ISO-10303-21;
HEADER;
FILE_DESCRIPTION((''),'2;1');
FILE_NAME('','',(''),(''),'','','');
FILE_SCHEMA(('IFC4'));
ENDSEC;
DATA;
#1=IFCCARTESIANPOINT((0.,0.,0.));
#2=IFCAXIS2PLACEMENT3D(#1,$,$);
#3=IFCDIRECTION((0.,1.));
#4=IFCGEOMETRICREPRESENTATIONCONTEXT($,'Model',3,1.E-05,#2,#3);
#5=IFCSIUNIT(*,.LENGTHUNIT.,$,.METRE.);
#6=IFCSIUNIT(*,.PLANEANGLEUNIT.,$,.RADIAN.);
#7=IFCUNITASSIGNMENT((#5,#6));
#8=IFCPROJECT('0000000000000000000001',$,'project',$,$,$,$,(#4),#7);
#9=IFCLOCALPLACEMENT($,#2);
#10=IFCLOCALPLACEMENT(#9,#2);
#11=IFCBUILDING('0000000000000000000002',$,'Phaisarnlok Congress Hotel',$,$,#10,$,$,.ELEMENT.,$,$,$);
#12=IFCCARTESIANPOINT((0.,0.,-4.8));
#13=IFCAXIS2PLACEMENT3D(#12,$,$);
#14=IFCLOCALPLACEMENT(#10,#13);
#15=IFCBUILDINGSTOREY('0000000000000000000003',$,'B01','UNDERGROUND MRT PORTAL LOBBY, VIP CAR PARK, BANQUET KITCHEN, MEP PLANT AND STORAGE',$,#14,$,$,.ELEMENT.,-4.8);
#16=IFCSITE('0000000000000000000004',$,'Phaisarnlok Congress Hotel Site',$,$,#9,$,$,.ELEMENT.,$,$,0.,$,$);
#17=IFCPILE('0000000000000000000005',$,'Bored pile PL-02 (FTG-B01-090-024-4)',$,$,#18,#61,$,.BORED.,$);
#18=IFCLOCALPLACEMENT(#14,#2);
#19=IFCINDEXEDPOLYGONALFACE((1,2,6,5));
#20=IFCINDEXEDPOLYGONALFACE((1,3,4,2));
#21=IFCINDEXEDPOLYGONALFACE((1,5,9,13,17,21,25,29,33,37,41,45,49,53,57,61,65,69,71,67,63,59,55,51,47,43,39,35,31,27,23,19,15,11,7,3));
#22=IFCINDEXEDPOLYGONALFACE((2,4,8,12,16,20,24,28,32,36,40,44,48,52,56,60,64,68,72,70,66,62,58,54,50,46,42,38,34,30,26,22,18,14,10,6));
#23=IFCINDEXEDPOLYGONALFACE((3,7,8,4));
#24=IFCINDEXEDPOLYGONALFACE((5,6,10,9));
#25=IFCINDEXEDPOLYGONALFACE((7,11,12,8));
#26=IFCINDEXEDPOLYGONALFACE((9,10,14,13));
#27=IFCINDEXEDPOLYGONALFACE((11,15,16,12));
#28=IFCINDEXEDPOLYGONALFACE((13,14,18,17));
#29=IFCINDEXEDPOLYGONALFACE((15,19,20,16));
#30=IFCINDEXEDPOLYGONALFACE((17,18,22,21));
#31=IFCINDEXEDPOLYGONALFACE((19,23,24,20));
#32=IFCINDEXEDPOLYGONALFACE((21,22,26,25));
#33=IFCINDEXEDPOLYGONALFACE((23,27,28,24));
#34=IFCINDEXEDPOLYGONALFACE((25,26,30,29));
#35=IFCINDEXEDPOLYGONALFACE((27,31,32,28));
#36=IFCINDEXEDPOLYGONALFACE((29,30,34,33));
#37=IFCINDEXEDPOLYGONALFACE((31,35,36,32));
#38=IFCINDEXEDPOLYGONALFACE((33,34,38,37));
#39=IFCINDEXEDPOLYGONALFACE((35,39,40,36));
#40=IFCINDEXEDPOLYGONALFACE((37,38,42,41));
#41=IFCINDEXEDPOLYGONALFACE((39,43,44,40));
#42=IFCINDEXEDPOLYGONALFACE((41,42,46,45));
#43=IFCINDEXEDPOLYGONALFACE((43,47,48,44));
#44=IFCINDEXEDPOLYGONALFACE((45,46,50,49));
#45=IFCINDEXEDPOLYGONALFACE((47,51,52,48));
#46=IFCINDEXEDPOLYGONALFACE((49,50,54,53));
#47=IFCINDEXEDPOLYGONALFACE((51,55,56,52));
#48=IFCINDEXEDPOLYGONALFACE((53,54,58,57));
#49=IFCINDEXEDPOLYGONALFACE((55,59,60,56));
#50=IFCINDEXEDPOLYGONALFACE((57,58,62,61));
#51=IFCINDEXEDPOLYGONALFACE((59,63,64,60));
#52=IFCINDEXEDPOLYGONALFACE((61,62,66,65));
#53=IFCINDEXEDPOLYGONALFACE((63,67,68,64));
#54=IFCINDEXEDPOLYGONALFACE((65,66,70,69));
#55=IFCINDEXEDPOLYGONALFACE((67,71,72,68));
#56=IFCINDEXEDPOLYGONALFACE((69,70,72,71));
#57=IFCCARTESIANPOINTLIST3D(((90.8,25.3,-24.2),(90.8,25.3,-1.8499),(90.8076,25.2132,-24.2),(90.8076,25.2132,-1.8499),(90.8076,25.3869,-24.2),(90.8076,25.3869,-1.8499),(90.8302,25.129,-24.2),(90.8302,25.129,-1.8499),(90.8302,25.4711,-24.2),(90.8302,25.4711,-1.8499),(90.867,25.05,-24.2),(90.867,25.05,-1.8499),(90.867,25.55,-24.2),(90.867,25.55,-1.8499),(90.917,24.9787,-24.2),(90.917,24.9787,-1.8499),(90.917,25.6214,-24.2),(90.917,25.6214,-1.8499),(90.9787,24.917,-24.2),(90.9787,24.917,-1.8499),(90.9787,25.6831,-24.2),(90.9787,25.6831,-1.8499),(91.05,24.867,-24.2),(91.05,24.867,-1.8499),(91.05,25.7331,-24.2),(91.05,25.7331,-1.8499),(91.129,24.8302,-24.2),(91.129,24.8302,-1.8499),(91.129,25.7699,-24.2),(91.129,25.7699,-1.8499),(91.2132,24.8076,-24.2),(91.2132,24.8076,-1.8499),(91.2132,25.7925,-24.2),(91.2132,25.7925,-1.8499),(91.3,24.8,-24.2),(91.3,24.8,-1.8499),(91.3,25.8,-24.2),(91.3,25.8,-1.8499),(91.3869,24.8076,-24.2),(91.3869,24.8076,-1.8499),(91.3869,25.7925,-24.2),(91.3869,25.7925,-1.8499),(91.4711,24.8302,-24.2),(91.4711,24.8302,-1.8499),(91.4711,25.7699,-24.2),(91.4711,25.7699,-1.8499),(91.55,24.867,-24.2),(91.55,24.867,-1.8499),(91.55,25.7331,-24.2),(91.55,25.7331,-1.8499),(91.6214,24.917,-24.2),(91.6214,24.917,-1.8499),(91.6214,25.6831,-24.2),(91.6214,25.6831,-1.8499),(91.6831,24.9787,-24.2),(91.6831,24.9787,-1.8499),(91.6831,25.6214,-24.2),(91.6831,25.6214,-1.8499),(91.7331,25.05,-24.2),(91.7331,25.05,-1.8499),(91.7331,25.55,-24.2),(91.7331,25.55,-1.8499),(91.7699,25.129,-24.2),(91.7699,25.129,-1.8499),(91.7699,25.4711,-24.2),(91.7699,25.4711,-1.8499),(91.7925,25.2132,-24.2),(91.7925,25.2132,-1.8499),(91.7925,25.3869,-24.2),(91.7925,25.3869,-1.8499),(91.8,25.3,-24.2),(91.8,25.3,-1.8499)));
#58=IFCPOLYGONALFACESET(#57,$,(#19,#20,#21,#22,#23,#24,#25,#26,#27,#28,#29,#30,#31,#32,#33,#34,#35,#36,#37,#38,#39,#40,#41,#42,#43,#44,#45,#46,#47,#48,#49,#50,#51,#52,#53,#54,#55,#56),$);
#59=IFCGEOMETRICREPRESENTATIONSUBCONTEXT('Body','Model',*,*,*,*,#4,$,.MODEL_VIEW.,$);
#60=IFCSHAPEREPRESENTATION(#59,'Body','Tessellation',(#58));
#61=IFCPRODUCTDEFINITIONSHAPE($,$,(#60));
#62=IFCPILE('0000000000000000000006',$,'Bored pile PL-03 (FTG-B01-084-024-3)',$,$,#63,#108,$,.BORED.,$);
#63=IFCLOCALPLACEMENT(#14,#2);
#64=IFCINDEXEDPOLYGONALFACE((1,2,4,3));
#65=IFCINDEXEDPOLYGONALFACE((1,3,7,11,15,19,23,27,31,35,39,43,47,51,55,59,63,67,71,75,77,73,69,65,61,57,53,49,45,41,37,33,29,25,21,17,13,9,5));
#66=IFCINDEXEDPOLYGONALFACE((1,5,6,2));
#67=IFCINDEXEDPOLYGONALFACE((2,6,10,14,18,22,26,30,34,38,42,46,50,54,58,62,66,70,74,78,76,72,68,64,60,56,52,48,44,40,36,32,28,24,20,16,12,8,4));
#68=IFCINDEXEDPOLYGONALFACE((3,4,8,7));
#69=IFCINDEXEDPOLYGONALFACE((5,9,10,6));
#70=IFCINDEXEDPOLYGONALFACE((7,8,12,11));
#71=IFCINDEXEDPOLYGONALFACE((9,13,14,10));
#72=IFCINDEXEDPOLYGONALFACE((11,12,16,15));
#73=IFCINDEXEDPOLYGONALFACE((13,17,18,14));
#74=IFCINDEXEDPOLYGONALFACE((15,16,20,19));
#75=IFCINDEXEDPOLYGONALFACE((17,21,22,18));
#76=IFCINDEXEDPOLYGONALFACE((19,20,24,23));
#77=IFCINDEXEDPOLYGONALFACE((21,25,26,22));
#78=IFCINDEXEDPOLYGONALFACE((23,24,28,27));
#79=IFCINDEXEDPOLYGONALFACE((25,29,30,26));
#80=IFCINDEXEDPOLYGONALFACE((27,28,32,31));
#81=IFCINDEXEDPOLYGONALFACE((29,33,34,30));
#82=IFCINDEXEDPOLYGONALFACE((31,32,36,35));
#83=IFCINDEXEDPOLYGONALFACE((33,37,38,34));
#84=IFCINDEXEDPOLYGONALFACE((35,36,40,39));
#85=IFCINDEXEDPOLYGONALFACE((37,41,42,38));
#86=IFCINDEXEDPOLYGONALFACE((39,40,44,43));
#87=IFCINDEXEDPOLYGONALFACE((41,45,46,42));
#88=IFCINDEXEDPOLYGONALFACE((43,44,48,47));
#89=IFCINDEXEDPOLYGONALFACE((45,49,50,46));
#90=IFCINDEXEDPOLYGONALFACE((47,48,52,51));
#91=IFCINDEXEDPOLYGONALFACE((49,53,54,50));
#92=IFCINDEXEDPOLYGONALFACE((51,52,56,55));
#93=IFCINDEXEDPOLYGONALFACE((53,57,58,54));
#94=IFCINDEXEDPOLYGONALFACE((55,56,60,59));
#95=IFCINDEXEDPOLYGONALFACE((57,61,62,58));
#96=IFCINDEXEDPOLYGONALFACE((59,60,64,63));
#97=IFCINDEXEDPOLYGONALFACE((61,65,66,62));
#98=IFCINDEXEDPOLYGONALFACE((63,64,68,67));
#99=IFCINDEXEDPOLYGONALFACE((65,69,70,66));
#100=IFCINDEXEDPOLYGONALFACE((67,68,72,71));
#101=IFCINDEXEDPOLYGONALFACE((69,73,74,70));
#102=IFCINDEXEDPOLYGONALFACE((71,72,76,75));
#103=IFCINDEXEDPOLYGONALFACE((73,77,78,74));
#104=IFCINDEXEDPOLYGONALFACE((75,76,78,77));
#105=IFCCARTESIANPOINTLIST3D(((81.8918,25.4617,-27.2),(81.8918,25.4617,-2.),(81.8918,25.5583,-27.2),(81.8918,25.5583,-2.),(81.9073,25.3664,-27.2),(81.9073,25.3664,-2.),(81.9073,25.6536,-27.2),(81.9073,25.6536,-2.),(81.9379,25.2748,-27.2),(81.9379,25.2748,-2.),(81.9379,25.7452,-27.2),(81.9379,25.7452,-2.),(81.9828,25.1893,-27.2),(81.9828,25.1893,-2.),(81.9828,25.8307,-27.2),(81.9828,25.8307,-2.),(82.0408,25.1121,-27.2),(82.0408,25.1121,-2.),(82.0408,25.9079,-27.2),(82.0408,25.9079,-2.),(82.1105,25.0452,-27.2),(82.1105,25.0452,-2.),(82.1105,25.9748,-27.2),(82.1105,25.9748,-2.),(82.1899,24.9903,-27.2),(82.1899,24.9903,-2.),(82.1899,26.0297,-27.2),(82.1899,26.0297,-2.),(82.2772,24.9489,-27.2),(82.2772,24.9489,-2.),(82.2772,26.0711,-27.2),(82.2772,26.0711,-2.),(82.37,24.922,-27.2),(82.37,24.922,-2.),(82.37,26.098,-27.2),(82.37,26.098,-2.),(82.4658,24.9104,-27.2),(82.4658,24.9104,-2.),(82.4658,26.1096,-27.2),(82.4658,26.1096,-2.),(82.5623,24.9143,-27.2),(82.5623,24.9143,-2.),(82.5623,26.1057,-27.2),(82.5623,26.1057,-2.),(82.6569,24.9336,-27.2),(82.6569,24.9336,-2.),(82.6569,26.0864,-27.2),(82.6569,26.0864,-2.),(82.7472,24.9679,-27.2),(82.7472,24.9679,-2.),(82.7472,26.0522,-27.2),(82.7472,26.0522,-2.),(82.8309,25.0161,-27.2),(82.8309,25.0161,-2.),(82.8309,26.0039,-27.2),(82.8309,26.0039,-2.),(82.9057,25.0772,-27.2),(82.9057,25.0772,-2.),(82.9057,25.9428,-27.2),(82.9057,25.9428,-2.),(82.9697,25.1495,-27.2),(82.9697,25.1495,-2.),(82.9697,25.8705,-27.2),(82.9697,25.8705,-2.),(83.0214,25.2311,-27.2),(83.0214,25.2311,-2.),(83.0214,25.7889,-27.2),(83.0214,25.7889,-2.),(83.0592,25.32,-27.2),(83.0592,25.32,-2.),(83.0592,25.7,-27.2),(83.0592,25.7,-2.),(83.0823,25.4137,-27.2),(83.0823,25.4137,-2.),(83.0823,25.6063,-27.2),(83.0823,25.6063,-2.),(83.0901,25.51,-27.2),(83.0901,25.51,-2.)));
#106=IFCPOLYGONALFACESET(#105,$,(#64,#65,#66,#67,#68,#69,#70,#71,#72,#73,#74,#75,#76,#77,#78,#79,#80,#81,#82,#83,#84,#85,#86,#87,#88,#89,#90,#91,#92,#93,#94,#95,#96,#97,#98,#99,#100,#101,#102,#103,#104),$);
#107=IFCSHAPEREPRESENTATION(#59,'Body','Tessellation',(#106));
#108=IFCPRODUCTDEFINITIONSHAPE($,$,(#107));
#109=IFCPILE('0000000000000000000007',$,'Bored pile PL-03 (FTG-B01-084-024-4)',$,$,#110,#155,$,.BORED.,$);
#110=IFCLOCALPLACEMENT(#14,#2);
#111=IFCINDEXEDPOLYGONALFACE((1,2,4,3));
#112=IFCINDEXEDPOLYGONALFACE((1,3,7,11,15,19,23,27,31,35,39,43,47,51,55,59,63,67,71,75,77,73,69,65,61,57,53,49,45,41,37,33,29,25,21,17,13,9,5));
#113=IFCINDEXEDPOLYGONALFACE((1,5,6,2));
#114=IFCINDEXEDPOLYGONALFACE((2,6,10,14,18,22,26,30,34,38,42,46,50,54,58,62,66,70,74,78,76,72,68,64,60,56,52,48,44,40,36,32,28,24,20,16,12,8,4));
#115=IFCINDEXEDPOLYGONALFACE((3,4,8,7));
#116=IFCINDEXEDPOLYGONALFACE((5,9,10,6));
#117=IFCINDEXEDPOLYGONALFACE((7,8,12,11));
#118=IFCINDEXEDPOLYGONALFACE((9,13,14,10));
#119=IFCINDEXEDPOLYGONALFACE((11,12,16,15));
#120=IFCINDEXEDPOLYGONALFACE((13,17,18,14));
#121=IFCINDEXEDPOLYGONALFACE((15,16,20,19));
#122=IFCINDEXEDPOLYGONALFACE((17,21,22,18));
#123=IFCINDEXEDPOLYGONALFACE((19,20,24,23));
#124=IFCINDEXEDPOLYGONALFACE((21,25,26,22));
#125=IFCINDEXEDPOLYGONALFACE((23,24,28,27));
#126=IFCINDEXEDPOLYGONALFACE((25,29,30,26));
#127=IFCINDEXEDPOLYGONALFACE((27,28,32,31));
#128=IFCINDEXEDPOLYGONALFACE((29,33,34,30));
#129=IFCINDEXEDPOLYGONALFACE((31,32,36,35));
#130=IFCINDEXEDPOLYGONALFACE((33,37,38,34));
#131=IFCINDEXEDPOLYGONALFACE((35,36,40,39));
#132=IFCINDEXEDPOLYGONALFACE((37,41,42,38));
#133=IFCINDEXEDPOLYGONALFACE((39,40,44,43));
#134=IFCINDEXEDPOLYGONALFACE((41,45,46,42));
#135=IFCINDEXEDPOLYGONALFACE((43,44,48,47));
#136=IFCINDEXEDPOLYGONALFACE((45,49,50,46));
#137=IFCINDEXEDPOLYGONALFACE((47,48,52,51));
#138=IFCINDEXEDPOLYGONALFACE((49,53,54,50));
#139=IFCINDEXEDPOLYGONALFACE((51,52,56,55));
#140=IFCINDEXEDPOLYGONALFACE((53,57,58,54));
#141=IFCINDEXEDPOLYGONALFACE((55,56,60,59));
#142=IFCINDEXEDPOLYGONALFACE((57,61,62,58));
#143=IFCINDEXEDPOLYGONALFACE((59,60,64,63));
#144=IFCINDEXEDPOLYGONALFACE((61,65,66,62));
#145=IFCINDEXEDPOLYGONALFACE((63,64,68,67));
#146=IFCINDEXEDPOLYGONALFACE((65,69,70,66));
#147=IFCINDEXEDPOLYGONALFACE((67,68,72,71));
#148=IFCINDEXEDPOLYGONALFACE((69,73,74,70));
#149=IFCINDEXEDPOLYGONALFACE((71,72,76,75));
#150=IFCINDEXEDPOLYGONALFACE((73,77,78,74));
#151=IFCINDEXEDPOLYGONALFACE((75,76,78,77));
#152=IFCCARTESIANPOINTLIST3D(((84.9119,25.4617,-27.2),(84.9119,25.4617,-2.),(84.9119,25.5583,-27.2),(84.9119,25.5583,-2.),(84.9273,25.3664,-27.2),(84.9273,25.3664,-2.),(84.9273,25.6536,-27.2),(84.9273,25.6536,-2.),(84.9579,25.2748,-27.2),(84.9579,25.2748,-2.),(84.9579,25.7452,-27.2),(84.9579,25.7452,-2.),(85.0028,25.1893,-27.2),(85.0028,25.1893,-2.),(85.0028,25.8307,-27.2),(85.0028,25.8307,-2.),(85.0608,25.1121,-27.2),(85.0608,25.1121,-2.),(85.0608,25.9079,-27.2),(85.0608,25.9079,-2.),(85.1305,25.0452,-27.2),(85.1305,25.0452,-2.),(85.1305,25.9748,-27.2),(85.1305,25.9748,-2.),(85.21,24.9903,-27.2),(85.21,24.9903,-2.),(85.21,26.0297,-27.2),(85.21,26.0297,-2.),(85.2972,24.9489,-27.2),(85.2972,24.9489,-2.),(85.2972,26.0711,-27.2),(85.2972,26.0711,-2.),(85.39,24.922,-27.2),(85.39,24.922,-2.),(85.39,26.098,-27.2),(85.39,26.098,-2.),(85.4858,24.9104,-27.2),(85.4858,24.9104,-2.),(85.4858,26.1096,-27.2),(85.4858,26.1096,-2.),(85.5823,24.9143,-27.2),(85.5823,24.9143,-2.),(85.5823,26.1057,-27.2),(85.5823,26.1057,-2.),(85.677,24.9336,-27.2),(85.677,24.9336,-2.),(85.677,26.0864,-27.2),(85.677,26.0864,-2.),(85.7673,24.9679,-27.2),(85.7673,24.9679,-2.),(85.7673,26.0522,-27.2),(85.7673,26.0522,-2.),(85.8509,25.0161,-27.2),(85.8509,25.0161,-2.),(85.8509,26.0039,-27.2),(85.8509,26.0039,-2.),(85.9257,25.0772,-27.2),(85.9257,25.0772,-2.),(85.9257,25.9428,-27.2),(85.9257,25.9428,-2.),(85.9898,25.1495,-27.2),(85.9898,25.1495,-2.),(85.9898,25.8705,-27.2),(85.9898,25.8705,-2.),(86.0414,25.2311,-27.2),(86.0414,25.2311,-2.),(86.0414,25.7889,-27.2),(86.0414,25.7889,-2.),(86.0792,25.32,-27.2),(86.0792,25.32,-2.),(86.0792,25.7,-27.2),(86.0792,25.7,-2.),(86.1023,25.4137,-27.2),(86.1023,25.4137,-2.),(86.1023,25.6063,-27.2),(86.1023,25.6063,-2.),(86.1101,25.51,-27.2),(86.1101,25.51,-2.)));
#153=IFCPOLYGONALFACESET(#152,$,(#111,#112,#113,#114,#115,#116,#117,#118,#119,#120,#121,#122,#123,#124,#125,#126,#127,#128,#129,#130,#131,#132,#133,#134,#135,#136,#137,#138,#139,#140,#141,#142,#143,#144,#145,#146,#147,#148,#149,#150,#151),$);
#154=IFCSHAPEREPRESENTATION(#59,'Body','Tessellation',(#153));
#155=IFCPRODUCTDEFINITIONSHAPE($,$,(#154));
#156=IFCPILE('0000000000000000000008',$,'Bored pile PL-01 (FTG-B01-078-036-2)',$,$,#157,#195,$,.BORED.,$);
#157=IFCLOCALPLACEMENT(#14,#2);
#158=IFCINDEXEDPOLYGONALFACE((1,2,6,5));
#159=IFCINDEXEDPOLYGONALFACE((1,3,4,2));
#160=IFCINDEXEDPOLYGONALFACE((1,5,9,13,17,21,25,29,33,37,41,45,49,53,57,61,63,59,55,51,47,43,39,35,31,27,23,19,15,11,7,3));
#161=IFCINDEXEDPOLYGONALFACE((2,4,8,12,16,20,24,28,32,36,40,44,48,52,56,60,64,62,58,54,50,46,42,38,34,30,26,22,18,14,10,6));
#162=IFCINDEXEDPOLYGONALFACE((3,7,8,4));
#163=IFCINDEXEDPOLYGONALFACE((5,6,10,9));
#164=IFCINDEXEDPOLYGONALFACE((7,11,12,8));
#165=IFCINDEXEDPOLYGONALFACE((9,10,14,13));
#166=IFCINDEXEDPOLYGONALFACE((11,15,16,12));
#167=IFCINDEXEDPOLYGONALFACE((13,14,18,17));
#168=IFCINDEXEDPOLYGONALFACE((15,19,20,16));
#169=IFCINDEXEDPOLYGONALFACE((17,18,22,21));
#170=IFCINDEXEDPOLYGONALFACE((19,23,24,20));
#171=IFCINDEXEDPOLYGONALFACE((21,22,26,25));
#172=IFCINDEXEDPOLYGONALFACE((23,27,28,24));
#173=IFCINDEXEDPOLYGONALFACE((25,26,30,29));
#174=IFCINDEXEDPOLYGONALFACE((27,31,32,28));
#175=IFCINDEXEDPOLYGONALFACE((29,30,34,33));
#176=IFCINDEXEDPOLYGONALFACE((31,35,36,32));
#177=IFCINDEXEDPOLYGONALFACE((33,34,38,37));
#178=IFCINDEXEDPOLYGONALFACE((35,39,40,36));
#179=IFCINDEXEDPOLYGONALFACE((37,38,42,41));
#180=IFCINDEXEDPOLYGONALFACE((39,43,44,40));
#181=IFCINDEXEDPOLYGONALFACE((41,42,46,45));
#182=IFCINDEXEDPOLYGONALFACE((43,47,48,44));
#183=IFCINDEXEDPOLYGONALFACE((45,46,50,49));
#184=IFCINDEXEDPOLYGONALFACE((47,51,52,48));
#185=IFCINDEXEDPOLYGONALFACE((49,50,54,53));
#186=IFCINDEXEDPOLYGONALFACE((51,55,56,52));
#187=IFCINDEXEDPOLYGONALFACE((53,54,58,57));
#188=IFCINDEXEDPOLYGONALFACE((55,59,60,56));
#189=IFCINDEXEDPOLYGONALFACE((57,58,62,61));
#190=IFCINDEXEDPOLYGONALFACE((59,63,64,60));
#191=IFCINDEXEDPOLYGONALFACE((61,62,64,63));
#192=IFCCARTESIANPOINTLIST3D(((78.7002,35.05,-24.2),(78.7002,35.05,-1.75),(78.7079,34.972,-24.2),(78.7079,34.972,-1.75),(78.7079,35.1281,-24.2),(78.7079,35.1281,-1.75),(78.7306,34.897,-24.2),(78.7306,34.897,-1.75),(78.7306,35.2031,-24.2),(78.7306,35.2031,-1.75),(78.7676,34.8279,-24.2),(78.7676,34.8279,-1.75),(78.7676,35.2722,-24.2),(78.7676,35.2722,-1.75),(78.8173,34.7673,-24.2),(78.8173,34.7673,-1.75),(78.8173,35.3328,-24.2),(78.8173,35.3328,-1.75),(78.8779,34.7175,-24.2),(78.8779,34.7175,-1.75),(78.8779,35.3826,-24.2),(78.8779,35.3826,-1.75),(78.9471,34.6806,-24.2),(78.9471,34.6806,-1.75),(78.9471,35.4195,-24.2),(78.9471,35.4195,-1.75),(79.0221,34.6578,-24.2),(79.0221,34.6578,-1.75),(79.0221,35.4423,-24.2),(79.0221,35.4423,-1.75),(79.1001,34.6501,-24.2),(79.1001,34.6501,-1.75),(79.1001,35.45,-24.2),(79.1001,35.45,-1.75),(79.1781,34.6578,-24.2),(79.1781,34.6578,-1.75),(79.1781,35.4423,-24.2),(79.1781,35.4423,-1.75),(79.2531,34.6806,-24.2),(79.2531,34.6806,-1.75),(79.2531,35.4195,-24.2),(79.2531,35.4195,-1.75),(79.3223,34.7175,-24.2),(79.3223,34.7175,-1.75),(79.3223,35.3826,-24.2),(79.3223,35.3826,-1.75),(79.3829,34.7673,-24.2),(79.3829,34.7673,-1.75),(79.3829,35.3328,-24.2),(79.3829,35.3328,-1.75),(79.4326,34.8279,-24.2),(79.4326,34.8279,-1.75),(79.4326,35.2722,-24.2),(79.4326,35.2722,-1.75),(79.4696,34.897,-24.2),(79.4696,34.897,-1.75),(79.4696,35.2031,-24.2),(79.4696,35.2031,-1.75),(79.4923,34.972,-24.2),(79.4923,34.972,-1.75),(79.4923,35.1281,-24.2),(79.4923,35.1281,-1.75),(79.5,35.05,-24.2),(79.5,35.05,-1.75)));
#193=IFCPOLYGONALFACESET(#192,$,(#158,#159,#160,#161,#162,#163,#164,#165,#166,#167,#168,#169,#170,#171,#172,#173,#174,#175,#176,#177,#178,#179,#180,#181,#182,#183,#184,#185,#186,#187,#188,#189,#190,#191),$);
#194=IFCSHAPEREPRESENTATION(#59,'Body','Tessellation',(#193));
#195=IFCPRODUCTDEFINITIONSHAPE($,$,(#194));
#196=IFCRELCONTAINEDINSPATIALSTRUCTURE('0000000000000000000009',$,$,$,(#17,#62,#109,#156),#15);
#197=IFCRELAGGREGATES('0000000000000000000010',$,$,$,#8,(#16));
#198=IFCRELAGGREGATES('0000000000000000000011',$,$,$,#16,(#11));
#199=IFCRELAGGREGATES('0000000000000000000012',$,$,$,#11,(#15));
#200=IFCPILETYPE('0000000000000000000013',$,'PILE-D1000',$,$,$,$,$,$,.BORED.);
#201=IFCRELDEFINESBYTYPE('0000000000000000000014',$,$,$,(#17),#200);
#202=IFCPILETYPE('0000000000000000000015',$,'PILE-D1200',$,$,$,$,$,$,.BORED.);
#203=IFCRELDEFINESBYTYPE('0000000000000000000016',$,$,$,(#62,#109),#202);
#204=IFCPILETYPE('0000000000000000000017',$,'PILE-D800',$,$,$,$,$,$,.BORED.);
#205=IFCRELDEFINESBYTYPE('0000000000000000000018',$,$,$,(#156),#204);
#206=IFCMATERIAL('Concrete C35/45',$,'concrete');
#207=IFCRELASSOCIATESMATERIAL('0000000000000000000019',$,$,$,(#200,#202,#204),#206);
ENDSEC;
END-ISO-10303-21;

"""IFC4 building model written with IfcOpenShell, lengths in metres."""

from ifc_helpers import new_model, si_unit, direction, frame, origin, origin_2d, place, context, subcontext, project, spatial, circle, extrude, material, material_profile, profile_set, type_object, element, save


model = new_model("IFC4")

# Units and contexts
model_context = context("Model", 3, precision=1e-05, world=origin(), true_north=direction((0.0, 1.0)))
body_context = subcontext(model_context, "Body", "Model", "MODEL_VIEW")
ifc_project = project(units=[si_unit("LENGTHUNIT", "METRE"), si_unit("PLANEANGLEUNIT", "RADIAN")], contexts=[model_context])

# Site, building, storey
site_placement = place(None, origin())
site = spatial("IfcSite", under=ifc_project, at=site_placement, Name="Phaisarnlok Congress Hotel Site", CompositionType="ELEMENT", RefElevation=0.0)
building_placement = place(site_placement, origin())
building = spatial("IfcBuilding", under=site, at=building_placement, Name="Phaisarnlok Congress Hotel", CompositionType="ELEMENT")
storey_placement = place(building_placement, frame((0.0, 0.0, -4.8)))
storey = spatial("IfcBuildingStorey", under=building, at=storey_placement, Name="B01", Description="UNDERGROUND MRT PORTAL LOBBY, VIP CAR PARK, BANQUET KITCHEN, MEP PLANT AND STORAGE", CompositionType="ELEMENT", Elevation=-4.8)

# Piles
ifc_material_1 = material(Name="Concrete C35/45", Category="concrete")
ifc_material_profile_1 = material_profile(ifc_material_1, circle(Radius=0.5, at=origin_2d()), Name="BORED PILE D1000")
ifc_profile_set_1 = profile_set([ifc_material_profile_1], Name="Concrete C35/45")
pile_type_1 = type_object("IfcPileType", Name="PILE-D1000", PredefinedType="BORED", material=ifc_profile_set_1)
for number, where, z_axis, x_axis, name in (
    (1, (91.3, 25.3, -1.8499), (0.0, 0.0, -1.0), (1.0, 0.0, 0.0), "Bored pile PL-02 (FTG-B01-090-024-4)"),
):
    element("IfcPile", number, at=place(storey_placement, frame(where, z_axis=z_axis, x_axis=x_axis)), inside=storey, type_object=pile_type_1, Name=name, PredefinedType="BORED", context=body_context, shape_type="SweptSolid", body=[
        extrude(circle(Radius=0.5, at=origin_2d()), origin(), (0.0, 0.0, 1.0), 22.3501),
    ])
ifc_material_profile_2 = material_profile(ifc_material_1, circle(Radius=0.6001, at=origin_2d()), Name="BORED PILE D1200")
ifc_profile_set_2 = profile_set([ifc_material_profile_2], Name="Concrete C35/45")
pile_type_2 = type_object("IfcPileType", Name="PILE-D1200", PredefinedType="BORED", material=ifc_profile_set_2)
for number, where, z_axis, x_axis, name in (
    (2, (82.49, 25.51, -2.0), (0.0, 0.0, -1.0), (1.0, 0.0, 0.0), "Bored pile PL-03 (FTG-B01-084-024-3)"),
    (3, (85.51, 25.51, -2.0), (0.0, 0.0, -1.0), (1.0, 0.0, 0.0), "Bored pile PL-03 (FTG-B01-084-024-4)"),
):
    element("IfcPile", number, at=place(storey_placement, frame(where, z_axis=z_axis, x_axis=x_axis)), inside=storey, type_object=pile_type_2, Name=name, PredefinedType="BORED", context=body_context, shape_type="SweptSolid", body=[
        extrude(circle(Radius=0.6001, at=origin_2d()), origin(), (0.0, 0.0, 1.0), 25.2),
    ])
ifc_material_profile_3 = material_profile(ifc_material_1, circle(Radius=0.3999, at=origin_2d()), Name="BORED PILE D800")
ifc_profile_set_3 = profile_set([ifc_material_profile_3], Name="Concrete C35/45")
pile_type_3 = type_object("IfcPileType", Name="PILE-D800", PredefinedType="BORED", material=ifc_profile_set_3)
pile_1_placement = place(storey_placement, frame((79.1001, 35.05, -1.75), z_axis=(0.0, 0.0, -1.0), x_axis=(1.0, 0.0, 0.0)))
element("IfcPile", 4, at=pile_1_placement, inside=storey, type_object=pile_type_3, Name="Bored pile PL-01 (FTG-B01-078-036-2)", PredefinedType="BORED", context=body_context, shape_type="SweptSolid", body=[
    extrude(circle(Radius=0.3999, at=origin_2d()), origin(), (0.0, 0.0, 1.0), 22.45),
])

save(model, "model.ifc")
